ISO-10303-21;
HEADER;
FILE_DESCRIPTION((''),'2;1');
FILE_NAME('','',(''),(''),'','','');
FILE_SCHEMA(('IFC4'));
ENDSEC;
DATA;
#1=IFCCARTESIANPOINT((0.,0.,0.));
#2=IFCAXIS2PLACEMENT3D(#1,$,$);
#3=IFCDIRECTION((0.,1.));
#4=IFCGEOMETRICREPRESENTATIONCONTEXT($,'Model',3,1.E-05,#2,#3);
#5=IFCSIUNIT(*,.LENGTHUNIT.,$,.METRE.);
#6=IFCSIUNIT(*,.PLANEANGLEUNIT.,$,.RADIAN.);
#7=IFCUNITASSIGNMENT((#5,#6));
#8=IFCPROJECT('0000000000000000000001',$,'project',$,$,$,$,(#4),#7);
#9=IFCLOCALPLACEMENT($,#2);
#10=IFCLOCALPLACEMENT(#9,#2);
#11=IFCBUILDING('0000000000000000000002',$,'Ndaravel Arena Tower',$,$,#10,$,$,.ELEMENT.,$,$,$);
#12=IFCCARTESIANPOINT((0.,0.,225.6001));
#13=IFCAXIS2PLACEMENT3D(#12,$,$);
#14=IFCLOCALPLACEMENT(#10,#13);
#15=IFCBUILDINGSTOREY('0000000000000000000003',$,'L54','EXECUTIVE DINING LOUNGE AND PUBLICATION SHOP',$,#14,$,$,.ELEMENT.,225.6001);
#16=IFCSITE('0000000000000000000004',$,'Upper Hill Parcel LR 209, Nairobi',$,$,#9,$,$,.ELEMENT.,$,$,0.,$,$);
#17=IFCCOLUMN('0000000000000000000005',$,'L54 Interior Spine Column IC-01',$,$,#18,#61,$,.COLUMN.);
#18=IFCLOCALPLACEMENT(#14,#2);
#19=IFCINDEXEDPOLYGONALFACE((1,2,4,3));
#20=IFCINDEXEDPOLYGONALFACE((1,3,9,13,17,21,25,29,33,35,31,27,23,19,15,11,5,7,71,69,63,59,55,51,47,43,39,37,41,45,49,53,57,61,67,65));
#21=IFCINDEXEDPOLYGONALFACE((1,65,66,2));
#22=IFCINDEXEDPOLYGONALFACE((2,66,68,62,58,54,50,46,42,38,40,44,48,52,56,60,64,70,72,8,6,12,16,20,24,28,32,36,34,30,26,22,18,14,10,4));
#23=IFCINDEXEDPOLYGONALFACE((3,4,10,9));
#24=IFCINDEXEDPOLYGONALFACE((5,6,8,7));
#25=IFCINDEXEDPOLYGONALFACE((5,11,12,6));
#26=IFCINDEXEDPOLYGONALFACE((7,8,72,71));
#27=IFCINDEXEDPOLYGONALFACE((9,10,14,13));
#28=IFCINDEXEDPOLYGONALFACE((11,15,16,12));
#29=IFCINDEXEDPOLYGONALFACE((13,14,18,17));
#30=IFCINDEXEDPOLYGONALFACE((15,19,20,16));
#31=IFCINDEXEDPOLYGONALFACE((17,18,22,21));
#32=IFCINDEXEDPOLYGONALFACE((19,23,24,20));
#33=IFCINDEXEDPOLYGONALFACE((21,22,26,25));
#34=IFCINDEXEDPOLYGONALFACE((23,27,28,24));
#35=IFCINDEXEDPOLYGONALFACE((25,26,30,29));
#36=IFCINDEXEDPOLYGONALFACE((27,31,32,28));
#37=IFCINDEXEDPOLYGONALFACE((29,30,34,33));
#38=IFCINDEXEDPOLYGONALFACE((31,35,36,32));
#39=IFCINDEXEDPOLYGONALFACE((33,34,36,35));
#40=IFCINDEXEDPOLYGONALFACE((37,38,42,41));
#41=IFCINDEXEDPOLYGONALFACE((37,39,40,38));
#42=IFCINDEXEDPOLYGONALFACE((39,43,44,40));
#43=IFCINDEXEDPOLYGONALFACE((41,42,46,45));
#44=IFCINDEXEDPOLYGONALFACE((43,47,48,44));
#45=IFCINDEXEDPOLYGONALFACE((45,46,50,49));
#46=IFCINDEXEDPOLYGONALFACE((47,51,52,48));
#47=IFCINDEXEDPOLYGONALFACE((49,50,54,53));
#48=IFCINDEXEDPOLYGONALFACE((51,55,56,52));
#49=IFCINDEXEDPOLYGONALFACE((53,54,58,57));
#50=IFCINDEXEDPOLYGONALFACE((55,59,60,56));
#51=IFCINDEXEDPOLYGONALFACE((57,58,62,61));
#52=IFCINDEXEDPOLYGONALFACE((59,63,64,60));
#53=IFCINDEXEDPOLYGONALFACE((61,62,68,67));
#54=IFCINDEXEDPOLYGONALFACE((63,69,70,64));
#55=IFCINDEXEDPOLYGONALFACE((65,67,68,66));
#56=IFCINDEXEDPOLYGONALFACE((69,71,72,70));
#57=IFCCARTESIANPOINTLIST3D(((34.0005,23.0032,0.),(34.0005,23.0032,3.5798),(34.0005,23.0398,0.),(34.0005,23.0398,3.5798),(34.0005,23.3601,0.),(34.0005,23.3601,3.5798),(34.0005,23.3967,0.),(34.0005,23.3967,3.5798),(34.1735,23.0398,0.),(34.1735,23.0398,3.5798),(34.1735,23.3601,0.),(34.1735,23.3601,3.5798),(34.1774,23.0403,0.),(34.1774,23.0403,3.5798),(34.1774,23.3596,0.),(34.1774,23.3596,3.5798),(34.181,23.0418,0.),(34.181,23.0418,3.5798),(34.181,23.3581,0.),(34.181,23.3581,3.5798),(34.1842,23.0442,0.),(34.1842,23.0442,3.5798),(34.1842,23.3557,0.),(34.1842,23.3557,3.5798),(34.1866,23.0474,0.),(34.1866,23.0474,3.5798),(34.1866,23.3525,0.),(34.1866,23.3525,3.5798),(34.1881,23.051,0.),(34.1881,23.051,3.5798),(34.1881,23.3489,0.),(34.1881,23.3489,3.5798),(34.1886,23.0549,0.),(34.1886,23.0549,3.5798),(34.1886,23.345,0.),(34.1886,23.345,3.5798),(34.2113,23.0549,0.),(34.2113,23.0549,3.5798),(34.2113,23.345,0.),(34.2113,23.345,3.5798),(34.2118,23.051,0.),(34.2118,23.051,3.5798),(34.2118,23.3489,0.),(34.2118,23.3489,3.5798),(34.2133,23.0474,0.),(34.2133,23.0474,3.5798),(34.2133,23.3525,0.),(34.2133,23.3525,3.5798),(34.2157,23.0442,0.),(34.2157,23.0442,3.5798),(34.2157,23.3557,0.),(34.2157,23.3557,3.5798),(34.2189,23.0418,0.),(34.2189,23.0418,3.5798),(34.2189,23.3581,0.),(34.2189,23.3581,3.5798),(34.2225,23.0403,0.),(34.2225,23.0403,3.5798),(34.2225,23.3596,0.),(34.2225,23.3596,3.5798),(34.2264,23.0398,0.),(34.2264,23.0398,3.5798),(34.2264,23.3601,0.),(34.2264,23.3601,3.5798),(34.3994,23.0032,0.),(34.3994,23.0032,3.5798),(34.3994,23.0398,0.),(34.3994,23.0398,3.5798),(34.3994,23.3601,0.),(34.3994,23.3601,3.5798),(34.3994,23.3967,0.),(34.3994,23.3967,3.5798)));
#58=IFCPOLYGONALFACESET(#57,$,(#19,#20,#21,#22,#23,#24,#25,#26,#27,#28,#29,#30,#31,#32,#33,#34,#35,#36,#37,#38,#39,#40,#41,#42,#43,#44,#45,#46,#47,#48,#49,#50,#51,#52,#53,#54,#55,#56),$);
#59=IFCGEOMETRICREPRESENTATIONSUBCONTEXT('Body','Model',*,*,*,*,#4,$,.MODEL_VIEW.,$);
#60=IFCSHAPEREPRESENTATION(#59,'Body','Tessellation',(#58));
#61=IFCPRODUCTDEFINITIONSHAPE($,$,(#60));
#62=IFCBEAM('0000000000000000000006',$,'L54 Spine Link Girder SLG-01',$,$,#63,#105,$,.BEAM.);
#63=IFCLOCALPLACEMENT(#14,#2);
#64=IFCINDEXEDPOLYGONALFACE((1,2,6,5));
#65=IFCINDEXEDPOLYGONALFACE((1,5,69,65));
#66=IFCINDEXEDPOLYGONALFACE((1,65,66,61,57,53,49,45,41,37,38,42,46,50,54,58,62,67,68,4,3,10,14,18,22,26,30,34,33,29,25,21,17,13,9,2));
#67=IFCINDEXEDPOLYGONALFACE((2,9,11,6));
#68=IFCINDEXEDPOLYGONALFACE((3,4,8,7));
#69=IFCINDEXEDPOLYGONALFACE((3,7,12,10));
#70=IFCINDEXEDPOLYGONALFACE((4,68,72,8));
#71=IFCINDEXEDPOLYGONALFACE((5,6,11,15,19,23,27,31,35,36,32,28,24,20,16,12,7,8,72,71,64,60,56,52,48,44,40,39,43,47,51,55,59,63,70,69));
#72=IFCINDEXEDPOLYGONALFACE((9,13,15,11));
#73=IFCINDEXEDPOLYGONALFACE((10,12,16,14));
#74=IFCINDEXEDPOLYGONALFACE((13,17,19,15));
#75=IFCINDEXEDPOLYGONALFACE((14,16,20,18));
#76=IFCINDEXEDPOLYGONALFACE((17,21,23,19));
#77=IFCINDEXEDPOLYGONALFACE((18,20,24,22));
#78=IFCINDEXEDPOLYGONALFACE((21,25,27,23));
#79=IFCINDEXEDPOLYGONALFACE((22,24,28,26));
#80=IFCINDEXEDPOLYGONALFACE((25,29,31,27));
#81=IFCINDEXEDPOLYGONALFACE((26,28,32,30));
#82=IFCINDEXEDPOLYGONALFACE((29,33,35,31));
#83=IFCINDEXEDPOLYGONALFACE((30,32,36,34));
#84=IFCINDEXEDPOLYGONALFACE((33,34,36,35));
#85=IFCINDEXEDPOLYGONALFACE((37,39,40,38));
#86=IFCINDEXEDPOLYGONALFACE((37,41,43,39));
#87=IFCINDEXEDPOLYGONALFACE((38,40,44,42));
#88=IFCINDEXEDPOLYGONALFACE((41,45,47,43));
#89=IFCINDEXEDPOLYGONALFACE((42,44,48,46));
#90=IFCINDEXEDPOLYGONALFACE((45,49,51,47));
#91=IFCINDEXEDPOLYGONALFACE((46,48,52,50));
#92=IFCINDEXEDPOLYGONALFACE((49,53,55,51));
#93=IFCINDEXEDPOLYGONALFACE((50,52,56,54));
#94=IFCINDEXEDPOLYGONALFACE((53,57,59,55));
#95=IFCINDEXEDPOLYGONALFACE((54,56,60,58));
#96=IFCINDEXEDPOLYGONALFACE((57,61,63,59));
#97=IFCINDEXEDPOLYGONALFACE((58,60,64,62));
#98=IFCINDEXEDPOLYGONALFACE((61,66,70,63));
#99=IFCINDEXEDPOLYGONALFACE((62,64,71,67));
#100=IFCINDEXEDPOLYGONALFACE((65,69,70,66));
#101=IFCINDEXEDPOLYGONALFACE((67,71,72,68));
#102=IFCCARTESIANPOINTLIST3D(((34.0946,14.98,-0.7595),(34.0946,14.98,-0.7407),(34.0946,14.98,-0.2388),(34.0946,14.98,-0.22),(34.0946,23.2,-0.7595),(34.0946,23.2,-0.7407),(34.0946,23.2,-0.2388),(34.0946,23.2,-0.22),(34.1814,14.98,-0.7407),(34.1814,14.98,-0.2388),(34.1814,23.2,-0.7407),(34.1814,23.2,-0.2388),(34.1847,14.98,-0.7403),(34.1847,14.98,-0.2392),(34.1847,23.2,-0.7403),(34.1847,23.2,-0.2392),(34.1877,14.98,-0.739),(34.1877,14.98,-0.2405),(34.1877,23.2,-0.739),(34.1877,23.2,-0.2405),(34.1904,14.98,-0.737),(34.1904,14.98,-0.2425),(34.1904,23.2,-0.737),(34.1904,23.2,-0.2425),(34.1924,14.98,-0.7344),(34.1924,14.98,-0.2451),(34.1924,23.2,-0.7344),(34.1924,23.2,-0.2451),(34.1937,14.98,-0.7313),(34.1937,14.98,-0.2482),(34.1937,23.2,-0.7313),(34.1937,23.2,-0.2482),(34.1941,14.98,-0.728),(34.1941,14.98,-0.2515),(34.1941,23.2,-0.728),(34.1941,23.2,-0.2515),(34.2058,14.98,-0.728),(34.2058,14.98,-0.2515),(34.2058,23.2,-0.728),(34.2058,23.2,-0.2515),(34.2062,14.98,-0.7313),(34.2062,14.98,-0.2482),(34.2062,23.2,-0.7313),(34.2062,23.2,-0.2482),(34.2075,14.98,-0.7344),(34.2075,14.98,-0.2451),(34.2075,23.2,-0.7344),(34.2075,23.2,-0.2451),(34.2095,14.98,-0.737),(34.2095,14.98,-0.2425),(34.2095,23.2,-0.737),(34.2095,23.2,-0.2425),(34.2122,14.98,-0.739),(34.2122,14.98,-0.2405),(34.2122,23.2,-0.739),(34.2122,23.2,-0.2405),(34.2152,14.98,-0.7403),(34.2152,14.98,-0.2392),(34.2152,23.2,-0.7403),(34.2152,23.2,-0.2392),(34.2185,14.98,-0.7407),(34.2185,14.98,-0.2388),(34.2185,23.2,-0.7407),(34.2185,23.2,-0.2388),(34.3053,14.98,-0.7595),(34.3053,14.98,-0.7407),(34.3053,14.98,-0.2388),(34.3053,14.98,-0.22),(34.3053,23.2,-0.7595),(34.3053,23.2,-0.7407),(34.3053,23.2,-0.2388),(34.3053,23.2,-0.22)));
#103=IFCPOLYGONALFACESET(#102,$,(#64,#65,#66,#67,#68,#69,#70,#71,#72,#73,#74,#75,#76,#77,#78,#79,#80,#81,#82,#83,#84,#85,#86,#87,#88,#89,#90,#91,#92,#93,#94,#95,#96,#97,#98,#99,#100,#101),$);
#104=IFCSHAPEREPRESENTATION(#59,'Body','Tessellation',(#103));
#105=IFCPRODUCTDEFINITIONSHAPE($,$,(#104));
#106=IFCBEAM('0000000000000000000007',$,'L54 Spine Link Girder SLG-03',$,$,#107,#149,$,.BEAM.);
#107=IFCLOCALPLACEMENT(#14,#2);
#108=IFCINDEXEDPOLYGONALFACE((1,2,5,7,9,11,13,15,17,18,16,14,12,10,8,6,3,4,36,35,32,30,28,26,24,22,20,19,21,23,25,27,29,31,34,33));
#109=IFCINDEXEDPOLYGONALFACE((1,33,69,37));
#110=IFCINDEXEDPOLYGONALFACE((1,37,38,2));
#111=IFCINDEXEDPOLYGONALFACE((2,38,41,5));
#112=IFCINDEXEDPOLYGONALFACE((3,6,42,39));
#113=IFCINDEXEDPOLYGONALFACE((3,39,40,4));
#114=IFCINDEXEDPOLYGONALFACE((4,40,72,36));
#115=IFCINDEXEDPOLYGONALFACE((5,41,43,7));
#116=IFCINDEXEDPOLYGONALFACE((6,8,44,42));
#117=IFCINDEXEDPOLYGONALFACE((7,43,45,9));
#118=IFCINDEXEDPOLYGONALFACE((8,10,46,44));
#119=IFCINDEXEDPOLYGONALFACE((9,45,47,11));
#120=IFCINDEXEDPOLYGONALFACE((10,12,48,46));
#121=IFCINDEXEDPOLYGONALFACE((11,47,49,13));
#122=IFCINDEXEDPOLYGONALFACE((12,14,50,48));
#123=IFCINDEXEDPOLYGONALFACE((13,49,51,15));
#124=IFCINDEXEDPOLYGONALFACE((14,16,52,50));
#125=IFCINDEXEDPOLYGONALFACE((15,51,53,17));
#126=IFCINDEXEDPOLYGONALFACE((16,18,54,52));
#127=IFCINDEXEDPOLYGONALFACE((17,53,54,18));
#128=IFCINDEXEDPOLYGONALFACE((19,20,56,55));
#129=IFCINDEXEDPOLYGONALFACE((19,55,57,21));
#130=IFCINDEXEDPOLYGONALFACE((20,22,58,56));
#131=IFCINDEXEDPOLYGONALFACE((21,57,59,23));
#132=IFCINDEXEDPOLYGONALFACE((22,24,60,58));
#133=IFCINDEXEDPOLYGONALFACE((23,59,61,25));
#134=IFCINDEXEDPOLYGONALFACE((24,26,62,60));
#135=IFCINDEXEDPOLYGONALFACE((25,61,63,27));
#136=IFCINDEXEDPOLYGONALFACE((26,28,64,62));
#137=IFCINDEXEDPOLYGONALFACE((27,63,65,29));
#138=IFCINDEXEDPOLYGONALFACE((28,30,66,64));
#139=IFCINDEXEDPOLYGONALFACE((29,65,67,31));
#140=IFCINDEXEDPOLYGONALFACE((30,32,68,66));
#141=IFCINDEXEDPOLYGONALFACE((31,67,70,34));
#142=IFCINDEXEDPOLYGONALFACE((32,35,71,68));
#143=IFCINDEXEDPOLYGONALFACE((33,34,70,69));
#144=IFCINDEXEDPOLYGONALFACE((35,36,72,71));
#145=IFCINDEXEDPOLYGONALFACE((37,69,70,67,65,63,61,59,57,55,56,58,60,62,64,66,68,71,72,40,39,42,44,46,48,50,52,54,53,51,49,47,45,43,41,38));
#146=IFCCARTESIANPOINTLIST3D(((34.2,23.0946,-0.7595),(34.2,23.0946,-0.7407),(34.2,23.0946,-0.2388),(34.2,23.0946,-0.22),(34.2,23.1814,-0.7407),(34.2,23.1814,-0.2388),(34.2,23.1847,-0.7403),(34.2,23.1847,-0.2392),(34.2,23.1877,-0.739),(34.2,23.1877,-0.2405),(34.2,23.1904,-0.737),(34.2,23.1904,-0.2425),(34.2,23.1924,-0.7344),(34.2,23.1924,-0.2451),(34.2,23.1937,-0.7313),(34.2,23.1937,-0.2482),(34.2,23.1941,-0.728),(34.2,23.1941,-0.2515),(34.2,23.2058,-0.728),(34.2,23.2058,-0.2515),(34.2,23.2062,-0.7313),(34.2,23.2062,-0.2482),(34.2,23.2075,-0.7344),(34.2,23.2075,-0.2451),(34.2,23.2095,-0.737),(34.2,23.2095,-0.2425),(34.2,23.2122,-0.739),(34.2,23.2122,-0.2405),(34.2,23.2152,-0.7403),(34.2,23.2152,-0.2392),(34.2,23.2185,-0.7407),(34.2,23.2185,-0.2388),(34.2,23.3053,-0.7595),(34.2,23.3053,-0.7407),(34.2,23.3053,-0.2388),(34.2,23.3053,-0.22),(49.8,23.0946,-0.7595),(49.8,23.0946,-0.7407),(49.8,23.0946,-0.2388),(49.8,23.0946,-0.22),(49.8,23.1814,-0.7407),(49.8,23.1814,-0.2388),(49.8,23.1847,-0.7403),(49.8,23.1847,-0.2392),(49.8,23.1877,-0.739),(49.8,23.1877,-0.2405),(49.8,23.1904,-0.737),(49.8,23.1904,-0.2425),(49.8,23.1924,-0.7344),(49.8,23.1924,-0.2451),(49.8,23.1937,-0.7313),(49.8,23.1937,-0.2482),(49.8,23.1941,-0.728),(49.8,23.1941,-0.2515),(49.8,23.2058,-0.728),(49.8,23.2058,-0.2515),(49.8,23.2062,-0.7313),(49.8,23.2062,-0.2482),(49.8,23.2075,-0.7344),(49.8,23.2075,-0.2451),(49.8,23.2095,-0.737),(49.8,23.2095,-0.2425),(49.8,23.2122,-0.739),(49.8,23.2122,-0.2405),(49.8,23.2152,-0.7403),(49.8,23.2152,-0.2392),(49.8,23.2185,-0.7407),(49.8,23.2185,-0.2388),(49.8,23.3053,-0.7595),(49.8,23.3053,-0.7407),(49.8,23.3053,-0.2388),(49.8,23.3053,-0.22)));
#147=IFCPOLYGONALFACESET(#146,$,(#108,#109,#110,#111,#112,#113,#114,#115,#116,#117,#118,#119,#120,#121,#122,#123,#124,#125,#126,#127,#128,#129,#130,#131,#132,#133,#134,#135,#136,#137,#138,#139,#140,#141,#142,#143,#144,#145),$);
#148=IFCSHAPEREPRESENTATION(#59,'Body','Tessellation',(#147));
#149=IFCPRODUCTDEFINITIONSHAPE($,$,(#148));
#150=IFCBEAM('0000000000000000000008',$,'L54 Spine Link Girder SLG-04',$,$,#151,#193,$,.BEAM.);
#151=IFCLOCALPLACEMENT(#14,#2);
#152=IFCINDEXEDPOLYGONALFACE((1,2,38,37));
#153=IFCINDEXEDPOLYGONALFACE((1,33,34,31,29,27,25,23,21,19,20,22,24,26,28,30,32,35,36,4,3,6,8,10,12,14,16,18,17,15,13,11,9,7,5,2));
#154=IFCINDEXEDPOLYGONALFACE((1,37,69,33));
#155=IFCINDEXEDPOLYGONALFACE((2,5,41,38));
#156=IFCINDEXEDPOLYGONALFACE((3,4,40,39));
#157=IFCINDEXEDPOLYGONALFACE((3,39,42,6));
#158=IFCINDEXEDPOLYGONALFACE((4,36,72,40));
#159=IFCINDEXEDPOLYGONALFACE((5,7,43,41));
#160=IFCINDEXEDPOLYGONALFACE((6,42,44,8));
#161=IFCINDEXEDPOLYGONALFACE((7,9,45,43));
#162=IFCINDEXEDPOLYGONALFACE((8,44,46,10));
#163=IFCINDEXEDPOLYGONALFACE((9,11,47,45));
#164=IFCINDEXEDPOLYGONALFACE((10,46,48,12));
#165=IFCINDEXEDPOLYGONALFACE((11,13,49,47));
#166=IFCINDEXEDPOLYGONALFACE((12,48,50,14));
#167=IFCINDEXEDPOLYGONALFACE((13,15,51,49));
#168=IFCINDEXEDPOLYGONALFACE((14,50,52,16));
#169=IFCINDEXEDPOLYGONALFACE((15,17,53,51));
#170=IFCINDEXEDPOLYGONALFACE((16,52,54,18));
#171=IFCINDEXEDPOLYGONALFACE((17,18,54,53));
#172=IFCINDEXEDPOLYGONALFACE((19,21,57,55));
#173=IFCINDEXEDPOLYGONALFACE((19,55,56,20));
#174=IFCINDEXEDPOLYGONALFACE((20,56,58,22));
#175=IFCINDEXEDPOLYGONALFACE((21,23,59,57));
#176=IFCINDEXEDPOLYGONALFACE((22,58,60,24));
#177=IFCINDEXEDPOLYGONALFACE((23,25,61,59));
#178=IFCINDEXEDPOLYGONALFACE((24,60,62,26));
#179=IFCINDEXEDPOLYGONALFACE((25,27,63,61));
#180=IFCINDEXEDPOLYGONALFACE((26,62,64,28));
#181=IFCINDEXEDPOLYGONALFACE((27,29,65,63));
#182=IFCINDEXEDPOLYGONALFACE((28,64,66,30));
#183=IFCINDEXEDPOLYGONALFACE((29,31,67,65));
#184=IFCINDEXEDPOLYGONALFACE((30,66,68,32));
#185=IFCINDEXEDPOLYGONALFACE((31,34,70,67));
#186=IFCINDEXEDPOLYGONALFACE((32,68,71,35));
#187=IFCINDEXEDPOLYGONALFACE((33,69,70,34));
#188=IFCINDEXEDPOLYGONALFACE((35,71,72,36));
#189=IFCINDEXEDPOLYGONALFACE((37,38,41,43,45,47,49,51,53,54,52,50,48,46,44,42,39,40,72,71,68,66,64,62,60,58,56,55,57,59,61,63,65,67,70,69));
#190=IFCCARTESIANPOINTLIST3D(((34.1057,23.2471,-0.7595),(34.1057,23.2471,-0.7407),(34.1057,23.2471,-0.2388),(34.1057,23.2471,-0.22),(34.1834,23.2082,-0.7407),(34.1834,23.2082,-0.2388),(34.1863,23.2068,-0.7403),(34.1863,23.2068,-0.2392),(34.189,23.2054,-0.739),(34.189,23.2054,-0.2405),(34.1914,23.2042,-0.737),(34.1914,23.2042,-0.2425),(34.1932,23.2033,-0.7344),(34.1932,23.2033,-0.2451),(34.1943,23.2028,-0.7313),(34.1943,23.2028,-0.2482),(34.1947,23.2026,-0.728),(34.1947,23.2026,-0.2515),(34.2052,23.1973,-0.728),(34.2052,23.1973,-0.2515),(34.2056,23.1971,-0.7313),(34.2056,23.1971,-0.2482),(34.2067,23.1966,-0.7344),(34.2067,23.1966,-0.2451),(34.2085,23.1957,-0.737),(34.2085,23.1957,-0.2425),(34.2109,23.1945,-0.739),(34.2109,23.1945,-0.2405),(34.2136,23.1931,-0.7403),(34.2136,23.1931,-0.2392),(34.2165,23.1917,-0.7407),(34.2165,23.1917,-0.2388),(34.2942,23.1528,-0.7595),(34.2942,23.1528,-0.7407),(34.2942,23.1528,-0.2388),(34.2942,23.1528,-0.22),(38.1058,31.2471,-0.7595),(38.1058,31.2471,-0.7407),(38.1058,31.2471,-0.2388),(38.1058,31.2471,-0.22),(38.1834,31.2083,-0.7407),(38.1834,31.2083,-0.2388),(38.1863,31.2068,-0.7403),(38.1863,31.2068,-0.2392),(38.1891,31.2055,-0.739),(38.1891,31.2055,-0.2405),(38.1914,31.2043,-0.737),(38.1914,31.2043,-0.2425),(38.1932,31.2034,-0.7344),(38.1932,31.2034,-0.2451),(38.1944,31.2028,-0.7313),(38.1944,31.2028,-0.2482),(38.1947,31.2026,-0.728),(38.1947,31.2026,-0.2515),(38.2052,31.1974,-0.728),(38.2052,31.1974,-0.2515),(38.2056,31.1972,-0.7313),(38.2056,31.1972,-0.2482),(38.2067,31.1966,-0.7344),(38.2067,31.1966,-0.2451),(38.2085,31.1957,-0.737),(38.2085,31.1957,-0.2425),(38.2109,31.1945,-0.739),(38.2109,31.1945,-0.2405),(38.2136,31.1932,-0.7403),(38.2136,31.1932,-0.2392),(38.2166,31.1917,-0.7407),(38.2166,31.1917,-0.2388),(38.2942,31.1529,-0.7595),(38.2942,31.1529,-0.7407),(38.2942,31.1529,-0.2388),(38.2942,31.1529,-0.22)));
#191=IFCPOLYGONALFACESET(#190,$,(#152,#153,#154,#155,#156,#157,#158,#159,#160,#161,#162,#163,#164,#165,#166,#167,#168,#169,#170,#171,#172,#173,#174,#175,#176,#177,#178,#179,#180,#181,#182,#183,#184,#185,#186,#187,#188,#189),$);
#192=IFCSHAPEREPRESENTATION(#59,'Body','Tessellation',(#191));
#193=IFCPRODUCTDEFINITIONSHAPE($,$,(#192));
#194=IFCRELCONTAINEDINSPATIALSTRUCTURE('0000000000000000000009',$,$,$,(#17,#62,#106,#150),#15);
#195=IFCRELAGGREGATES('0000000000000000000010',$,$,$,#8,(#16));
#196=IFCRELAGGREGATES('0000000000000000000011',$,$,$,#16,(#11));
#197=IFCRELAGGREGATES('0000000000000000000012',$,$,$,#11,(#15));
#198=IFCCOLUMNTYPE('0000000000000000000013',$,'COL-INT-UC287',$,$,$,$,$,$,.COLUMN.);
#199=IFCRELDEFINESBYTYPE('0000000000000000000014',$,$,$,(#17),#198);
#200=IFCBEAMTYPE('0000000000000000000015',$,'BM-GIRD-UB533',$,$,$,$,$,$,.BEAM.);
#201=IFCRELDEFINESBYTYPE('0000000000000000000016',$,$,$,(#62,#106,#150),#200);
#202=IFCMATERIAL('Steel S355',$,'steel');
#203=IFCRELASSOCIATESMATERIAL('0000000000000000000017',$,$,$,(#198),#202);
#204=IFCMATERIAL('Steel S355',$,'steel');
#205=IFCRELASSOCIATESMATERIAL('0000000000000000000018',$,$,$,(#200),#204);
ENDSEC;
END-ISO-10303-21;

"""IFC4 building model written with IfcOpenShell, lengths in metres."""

from ifc_helpers import new_model, si_unit, direction, frame, origin, origin_2d, place, context, subcontext, project, spatial, i_section, extrude, material, material_profile, profile_set, type_object, element, save


model = new_model("IFC4")

# Units and contexts
model_context = context("Model", 3, precision=1e-05, world=origin(), true_north=direction((0.0, 1.0)))
body_context = subcontext(model_context, "Body", "Model", "MODEL_VIEW")
ifc_project = project(units=[si_unit("LENGTHUNIT", "METRE"), si_unit("PLANEANGLEUNIT", "RADIAN")], contexts=[model_context])

# Site, building, storey
site_placement = place(None, origin())
site = spatial("IfcSite", under=ifc_project, at=site_placement, Name="Upper Hill Parcel LR 209, Nairobi", CompositionType="ELEMENT", RefElevation=0.0)
building_placement = place(site_placement, origin())
building = spatial("IfcBuilding", under=site, at=building_placement, Name="Ndaravel Arena Tower", CompositionType="ELEMENT")
storey_placement = place(building_placement, frame((0.0, 0.0, 225.6001)))
storey = spatial("IfcBuildingStorey", under=building, at=storey_placement, Name="L54", Description="EXECUTIVE DINING LOUNGE AND PUBLICATION SHOP", CompositionType="ELEMENT", Elevation=225.6001)

# Column
ifc_material_1 = material(Name="Steel S355", Category="steel")
ifc_material_profile_1 = material_profile(ifc_material_1, i_section(OverallWidth=0.3989, OverallDepth=0.3936, WebThickness=0.0227, FlangeThickness=0.0366, FilletRadius=0.0151, at=origin_2d()), Name="UC 356x406x287")
ifc_profile_set_1 = profile_set([ifc_material_profile_1], Name="Steel S355")
column_type = type_object("IfcColumnType", Name="COL-INT-UC287", PredefinedType="COLUMN", material=ifc_profile_set_1)
column_placement = place(storey_placement, frame((34.2, 23.2, 0.0), z_axis=(0.0, 0.0, 1.0), x_axis=(1.0, 0.0, 0.0)))
element("IfcColumn", 1, at=column_placement, inside=storey, type_object=column_type, Name="L54 Interior Spine Column IC-01", PredefinedType="COLUMN", context=body_context, shape_type="SweptSolid", body=[
    extrude(i_section(OverallWidth=0.3989, OverallDepth=0.3936, WebThickness=0.0227, FlangeThickness=0.0366, FilletRadius=0.0151, at=origin_2d()), origin(), (0.0, 0.0, 1.0), 3.5798),
])

# Beams
ifc_material_2 = material(Name="Steel S355", Category="steel")
ifc_material_profile_2 = material_profile(ifc_material_2, i_section(OverallWidth=0.2107, OverallDepth=0.5396, WebThickness=0.0117, FlangeThickness=0.0188, FilletRadius=0.0127, at=origin_2d()), Name="UB 533x210x109")
ifc_profile_set_2 = profile_set([ifc_material_profile_2], Name="Steel S355")
beam_type = type_object("IfcBeamType", Name="BM-GIRD-UB533", PredefinedType="BEAM", material=ifc_profile_set_2)
beam_1_placement = place(storey_placement, frame((34.2, 14.98, -0.4897), z_axis=(0.0, 1.0, 0.0), x_axis=(-1.0, 0.0, 0.0)))
element("IfcBeam", 2, at=beam_1_placement, inside=storey, type_object=beam_type, Name="L54 Spine Link Girder SLG-01", PredefinedType="BEAM", context=body_context, shape_type="SweptSolid", body=[
    extrude(i_section(OverallWidth=0.2107, OverallDepth=0.5396, WebThickness=0.0117, FlangeThickness=0.0188, FilletRadius=0.0127, at=origin_2d()), origin(), (0.0, 0.0, 1.0), 8.22),
])
beam_2_placement = place(storey_placement, frame((34.2, 23.2, -0.4897), z_axis=(1.0, 0.0, 0.0), x_axis=(0.0, 1.0, 0.0)))
element("IfcBeam", 3, at=beam_2_placement, inside=storey, type_object=beam_type, Name="L54 Spine Link Girder SLG-03", PredefinedType="BEAM", context=body_context, shape_type="SweptSolid", body=[
    extrude(i_section(OverallWidth=0.2107, OverallDepth=0.5396, WebThickness=0.0117, FlangeThickness=0.0188, FilletRadius=0.0127, at=origin_2d()), origin(), (0.0, 0.0, 1.0), 15.6001),
])
beam_3_placement = place(storey_placement, frame((34.2, 23.2, -0.4897), z_axis=(0.447214, 0.894427, 0.0), x_axis=(-0.894427, 0.447214, 0.0)))
element("IfcBeam", 4, at=beam_3_placement, inside=storey, type_object=beam_type, Name="L54 Spine Link Girder SLG-04", PredefinedType="BEAM", context=body_context, shape_type="SweptSolid", body=[
    extrude(i_section(OverallWidth=0.2107, OverallDepth=0.5396, WebThickness=0.0117, FlangeThickness=0.0188, FilletRadius=0.0127, at=origin_2d()), origin(), (0.0, 0.0, 1.0), 8.9443),
])

save(model, "model.ifc")
